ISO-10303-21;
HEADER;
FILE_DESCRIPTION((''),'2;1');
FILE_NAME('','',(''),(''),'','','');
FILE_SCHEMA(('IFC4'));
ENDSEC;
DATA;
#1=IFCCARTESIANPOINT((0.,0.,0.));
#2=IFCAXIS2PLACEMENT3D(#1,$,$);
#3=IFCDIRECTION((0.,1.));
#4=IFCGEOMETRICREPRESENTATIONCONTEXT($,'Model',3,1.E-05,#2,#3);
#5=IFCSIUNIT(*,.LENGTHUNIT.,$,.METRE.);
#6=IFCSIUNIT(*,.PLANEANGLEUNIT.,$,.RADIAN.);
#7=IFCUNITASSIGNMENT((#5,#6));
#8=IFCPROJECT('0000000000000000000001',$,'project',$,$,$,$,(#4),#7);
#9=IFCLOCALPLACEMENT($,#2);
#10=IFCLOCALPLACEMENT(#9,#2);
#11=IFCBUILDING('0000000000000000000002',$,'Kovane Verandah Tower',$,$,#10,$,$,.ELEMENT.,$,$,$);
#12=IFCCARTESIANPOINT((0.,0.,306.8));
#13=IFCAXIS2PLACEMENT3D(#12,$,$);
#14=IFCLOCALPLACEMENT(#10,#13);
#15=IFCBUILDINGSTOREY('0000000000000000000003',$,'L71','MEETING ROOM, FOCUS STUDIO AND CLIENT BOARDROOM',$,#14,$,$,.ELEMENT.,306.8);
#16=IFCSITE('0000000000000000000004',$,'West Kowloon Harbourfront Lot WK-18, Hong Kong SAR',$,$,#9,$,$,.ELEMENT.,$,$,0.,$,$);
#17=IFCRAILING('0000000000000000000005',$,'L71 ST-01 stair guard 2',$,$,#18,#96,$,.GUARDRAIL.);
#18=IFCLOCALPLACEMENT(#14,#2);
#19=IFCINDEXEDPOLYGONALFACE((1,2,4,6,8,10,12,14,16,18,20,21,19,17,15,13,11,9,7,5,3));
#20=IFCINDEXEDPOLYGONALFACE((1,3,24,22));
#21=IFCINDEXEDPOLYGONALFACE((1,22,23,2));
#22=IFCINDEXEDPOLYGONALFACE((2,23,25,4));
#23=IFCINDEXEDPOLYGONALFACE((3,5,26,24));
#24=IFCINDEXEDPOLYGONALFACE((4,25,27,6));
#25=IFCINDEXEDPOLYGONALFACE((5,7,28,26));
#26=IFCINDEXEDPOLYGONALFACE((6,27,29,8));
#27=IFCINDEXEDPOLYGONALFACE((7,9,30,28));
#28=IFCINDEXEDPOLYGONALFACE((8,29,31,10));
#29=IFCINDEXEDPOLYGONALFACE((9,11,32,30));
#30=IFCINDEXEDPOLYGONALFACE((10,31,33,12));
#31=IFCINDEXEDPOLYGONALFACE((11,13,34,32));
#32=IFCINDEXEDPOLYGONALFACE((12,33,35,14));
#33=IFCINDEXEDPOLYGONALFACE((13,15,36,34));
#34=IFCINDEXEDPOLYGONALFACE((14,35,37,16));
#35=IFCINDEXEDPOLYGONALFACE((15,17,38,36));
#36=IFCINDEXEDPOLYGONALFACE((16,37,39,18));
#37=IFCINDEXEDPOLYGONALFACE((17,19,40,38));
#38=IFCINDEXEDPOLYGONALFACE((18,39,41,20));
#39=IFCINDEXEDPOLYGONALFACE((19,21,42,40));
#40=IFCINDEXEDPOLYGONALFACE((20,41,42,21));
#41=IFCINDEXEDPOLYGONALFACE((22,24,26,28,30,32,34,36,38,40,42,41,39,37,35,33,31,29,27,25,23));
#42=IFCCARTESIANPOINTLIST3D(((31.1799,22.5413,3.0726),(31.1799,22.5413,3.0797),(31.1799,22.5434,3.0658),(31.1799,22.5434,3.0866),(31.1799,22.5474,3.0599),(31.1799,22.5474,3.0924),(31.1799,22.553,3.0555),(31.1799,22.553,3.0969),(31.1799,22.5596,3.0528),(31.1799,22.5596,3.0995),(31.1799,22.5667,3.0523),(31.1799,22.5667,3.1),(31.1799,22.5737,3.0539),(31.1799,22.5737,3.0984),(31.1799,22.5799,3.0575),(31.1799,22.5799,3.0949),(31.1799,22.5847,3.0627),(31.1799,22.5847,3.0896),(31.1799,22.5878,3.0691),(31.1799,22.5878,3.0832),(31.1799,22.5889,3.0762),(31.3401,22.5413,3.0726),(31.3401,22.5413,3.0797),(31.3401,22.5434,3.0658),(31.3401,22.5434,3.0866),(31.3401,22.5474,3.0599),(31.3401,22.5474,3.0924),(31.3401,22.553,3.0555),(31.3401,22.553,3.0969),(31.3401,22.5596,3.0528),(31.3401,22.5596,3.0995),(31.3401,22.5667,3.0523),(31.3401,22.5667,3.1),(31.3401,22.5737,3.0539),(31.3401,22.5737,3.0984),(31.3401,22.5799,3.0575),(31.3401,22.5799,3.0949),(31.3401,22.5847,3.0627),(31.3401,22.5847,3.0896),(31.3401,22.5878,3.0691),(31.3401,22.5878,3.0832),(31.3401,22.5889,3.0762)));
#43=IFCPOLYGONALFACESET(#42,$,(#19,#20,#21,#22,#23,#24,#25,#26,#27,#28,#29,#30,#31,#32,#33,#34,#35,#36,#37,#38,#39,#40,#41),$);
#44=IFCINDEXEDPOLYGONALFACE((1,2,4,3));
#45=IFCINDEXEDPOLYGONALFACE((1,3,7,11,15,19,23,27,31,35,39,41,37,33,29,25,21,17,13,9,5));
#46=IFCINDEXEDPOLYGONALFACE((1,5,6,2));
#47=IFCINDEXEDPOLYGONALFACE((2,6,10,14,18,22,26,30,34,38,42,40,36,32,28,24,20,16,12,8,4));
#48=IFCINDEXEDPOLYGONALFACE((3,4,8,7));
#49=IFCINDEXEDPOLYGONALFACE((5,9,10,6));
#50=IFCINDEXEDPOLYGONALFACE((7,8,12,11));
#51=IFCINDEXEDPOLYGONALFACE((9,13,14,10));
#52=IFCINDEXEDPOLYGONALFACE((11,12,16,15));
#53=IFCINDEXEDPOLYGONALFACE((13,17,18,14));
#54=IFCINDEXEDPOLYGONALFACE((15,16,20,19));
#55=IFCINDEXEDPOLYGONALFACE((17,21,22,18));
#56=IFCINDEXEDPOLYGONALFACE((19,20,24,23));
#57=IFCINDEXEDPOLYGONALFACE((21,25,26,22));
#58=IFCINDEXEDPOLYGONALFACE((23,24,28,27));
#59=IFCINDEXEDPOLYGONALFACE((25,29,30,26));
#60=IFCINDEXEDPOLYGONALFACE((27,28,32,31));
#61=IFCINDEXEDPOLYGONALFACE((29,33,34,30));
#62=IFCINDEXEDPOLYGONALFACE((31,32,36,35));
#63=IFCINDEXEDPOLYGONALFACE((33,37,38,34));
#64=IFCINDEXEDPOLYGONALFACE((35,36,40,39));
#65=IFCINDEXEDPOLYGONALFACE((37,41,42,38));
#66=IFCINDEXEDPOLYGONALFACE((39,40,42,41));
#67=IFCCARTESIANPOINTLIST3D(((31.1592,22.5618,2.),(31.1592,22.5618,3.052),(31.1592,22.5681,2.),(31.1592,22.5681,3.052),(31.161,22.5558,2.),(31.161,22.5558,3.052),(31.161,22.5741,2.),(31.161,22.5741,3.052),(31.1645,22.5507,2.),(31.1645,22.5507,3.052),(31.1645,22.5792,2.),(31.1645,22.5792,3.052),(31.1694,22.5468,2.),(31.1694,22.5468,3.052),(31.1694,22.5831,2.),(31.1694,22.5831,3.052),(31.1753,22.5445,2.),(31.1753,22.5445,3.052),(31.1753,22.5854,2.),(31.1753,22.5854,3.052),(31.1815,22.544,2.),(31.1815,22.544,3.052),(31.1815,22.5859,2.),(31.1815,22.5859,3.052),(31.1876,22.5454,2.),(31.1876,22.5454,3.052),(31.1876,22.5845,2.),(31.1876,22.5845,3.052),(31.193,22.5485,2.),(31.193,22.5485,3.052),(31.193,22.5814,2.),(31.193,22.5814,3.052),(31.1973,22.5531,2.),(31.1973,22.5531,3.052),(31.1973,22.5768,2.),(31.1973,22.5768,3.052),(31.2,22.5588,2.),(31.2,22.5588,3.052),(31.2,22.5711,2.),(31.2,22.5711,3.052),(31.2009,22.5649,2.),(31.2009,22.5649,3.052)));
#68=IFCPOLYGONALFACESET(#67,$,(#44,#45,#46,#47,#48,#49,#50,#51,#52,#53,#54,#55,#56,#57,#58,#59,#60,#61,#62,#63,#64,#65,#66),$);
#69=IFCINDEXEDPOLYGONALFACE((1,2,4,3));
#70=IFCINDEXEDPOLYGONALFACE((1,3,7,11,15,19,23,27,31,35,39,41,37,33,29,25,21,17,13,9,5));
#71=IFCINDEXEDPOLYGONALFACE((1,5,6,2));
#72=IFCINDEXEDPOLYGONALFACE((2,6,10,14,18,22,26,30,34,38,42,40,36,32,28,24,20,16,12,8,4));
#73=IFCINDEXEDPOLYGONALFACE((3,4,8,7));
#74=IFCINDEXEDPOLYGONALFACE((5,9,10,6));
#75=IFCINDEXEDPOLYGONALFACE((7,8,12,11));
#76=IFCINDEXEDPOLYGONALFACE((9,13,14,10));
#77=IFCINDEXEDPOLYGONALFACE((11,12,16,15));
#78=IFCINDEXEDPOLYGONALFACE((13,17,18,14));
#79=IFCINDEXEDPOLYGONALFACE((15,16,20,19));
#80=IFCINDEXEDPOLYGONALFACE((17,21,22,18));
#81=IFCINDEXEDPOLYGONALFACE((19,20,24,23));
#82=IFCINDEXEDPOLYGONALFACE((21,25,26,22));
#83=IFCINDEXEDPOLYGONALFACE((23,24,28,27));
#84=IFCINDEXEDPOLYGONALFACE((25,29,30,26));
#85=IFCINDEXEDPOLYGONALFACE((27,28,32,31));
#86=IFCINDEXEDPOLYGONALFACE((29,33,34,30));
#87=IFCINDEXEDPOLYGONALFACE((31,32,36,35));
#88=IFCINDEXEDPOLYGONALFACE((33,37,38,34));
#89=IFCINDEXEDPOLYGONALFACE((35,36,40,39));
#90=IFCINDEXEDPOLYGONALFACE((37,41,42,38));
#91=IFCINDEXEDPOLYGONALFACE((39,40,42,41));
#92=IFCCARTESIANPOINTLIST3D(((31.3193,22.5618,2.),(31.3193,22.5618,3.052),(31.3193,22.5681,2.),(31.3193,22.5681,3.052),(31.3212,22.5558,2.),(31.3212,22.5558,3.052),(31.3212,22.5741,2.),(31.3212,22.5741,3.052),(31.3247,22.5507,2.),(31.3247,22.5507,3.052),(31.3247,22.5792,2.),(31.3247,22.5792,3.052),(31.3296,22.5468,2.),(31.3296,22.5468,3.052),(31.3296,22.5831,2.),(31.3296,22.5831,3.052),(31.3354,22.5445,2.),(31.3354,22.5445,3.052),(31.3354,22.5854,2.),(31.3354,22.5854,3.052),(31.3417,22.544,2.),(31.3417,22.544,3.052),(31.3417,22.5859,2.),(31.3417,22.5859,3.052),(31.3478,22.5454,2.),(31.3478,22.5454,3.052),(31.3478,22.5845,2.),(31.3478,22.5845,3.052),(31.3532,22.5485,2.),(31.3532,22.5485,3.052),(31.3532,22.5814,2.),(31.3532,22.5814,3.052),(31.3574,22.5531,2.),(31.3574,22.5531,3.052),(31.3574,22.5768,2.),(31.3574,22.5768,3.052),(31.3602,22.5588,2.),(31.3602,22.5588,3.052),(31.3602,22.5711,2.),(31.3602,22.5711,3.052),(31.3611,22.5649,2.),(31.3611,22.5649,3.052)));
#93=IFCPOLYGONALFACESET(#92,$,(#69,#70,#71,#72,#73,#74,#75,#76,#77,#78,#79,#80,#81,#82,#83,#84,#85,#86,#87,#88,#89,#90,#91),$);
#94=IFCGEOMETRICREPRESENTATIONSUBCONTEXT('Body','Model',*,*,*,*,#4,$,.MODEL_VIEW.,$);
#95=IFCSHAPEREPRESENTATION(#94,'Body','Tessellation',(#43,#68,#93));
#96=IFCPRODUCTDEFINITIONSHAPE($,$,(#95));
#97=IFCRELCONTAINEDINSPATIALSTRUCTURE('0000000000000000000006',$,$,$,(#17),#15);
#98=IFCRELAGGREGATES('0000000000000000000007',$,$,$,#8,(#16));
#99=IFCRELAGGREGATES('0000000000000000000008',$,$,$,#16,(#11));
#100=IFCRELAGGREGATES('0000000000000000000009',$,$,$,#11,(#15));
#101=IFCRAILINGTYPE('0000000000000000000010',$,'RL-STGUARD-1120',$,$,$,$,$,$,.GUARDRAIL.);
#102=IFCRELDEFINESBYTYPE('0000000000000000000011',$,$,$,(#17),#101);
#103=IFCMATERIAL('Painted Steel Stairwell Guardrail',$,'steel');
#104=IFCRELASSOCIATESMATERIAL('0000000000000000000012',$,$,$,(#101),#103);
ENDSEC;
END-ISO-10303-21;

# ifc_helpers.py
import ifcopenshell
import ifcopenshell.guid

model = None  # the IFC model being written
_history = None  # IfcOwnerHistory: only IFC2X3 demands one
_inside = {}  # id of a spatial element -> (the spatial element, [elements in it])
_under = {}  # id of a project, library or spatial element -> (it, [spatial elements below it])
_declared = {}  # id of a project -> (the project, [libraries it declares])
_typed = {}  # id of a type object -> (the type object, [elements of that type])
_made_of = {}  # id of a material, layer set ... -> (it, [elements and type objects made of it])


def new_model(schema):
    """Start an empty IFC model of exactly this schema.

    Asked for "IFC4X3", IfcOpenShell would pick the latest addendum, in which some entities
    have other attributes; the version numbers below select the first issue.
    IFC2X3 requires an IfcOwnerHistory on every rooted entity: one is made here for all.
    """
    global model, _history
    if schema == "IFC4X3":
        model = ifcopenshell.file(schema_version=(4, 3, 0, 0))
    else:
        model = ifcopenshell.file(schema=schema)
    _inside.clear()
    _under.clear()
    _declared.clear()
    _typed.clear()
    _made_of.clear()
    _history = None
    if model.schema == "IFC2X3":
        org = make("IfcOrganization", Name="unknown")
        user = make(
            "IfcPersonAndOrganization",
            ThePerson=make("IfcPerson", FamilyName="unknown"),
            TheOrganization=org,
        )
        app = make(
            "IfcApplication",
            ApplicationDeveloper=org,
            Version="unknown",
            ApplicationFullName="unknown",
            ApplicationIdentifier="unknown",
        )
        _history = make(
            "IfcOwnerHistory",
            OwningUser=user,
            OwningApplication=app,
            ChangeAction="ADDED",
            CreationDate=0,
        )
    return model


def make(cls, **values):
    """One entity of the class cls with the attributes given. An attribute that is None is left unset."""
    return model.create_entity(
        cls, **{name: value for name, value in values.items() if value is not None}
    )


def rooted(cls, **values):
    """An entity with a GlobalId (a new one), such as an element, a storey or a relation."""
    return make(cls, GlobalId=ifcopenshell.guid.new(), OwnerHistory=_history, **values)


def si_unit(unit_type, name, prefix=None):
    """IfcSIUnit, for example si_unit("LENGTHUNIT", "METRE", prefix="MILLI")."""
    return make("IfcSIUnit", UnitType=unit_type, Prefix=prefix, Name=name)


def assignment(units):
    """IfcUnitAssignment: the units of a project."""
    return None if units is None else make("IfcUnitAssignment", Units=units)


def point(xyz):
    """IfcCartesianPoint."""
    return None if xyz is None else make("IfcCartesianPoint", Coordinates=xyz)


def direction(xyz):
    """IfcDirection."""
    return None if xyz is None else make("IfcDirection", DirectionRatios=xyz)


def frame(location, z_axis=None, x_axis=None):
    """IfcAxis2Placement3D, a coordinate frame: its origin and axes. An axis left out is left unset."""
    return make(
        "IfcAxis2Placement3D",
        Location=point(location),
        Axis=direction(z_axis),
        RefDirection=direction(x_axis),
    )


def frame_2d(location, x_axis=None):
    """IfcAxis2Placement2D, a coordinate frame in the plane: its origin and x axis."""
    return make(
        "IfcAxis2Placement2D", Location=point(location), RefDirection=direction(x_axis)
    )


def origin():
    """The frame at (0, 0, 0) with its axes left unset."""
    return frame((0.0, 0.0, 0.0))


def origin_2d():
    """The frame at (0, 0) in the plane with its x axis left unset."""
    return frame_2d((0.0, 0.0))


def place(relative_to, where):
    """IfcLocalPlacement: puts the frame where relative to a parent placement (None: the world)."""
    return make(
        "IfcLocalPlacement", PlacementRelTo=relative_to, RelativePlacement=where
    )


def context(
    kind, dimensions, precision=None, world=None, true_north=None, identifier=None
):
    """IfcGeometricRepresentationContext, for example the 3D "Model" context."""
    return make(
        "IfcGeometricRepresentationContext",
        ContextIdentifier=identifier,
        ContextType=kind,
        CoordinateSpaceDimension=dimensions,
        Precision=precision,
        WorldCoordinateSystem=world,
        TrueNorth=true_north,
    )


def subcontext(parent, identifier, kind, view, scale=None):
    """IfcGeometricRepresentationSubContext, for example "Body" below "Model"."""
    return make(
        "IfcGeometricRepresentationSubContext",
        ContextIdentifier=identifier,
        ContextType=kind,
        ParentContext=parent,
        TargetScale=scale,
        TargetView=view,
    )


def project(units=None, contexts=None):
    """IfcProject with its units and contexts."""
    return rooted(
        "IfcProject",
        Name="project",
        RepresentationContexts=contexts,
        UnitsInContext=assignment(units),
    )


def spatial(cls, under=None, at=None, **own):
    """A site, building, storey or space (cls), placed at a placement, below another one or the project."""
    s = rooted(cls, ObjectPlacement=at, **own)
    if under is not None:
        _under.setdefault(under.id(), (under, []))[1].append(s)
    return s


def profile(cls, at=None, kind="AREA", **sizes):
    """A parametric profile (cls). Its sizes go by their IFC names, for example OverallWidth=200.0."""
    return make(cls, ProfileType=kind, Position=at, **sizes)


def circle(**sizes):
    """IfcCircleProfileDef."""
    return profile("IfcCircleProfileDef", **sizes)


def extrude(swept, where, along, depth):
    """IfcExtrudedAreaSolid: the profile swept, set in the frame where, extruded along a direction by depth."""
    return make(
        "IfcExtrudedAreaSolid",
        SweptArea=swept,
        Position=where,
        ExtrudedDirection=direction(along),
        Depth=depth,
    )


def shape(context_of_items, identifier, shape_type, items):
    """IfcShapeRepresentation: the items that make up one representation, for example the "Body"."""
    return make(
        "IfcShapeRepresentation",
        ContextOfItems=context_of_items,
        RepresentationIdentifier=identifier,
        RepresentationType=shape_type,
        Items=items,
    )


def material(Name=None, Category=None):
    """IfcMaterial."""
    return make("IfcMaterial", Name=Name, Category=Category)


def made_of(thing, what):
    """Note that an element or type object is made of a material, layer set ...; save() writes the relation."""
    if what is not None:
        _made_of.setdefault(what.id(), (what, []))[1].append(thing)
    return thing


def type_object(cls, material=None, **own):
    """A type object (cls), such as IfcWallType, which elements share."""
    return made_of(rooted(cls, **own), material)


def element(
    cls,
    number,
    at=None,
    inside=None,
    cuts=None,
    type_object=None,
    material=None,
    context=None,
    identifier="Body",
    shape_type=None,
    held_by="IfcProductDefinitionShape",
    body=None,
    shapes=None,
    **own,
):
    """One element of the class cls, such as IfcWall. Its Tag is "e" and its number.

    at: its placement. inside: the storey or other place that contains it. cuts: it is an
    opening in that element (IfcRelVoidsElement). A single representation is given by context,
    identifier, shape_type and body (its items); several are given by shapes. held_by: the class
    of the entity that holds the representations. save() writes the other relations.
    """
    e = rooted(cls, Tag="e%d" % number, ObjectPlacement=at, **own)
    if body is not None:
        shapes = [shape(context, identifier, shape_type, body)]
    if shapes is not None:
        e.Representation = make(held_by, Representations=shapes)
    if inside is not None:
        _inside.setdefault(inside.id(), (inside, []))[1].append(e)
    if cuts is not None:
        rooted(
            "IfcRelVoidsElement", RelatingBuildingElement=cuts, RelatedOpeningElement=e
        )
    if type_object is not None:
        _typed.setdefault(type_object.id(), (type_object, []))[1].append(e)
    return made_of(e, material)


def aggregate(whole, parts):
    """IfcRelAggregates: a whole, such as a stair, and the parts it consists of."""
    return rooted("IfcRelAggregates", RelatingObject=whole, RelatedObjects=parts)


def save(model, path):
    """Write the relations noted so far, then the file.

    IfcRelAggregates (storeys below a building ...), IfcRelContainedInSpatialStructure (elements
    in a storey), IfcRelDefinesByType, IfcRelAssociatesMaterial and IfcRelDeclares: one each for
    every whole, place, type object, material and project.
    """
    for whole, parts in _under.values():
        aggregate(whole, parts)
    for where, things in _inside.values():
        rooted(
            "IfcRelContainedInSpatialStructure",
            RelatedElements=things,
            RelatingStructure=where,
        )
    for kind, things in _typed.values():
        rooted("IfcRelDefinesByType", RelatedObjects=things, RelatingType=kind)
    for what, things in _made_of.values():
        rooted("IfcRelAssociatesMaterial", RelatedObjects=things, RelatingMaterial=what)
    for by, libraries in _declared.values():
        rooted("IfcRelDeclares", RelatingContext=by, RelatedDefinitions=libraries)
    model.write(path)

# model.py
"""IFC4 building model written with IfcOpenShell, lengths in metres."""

from ifc_helpers import new_model, si_unit, direction, frame, origin, origin_2d, place, context, subcontext, project, spatial, circle, extrude, material, type_object, element, save


model = new_model("IFC4")

# Units and contexts
model_context = context("Model", 3, precision=1e-05, world=origin(), true_north=direction((0.0, 1.0)))
body_context = subcontext(model_context, "Body", "Model", "MODEL_VIEW")
ifc_project = project(units=[si_unit("LENGTHUNIT", "METRE"), si_unit("PLANEANGLEUNIT", "RADIAN")], contexts=[model_context])

# Site, building, storey
site_placement = place(None, origin())
site = spatial("IfcSite", under=ifc_project, at=site_placement, Name="West Kowloon Harbourfront Lot WK-18, Hong Kong SAR", CompositionType="ELEMENT", RefElevation=0.0)
building_placement = place(site_placement, origin())
building = spatial("IfcBuilding", under=site, at=building_placement, Name="Kovane Verandah Tower", CompositionType="ELEMENT")
storey_placement = place(building_placement, frame((0.0, 0.0, 306.8)))
storey = spatial("IfcBuildingStorey", under=building, at=storey_placement, Name="L71", Description="MEETING ROOM, FOCUS STUDIO AND CLIENT BOARDROOM", CompositionType="ELEMENT", Elevation=306.8)

# Railing
ifc_material_1 = material(Name="Painted Steel Stairwell Guardrail", Category="steel")
railing_type_1 = type_object("IfcRailingType", Name="RL-STGUARD-1120", PredefinedType="GUARDRAIL", material=ifc_material_1)
railing_1_placement = place(storey_placement, frame((31.1799, 22.5649, 2.0)))
element("IfcRailing", 1, at=railing_1_placement, inside=storey, type_object=railing_type_1, Name="L71 ST-01 stair guard 2", PredefinedType="GUARDRAIL", context=body_context, shape_type="SweptSolid", body=[
    extrude(circle(Radius=0.0239, at=origin_2d()), frame((0.0, 0.0, 1.0762), z_axis=(1.0, 0.0, 0.0), x_axis=(0.0, 1.0, 0.0)), (0.0, 0.0, 1.0), 0.1602),
    extrude(circle(Radius=0.021, at=origin_2d()), origin(), (0.0, 0.0, 1.0), 1.052),
    extrude(circle(Radius=0.021, at=origin_2d()), frame((0.1602, 0.0, 0.0)), (0.0, 0.0, 1.0), 1.052),
])

save(model, "model.ifc")
